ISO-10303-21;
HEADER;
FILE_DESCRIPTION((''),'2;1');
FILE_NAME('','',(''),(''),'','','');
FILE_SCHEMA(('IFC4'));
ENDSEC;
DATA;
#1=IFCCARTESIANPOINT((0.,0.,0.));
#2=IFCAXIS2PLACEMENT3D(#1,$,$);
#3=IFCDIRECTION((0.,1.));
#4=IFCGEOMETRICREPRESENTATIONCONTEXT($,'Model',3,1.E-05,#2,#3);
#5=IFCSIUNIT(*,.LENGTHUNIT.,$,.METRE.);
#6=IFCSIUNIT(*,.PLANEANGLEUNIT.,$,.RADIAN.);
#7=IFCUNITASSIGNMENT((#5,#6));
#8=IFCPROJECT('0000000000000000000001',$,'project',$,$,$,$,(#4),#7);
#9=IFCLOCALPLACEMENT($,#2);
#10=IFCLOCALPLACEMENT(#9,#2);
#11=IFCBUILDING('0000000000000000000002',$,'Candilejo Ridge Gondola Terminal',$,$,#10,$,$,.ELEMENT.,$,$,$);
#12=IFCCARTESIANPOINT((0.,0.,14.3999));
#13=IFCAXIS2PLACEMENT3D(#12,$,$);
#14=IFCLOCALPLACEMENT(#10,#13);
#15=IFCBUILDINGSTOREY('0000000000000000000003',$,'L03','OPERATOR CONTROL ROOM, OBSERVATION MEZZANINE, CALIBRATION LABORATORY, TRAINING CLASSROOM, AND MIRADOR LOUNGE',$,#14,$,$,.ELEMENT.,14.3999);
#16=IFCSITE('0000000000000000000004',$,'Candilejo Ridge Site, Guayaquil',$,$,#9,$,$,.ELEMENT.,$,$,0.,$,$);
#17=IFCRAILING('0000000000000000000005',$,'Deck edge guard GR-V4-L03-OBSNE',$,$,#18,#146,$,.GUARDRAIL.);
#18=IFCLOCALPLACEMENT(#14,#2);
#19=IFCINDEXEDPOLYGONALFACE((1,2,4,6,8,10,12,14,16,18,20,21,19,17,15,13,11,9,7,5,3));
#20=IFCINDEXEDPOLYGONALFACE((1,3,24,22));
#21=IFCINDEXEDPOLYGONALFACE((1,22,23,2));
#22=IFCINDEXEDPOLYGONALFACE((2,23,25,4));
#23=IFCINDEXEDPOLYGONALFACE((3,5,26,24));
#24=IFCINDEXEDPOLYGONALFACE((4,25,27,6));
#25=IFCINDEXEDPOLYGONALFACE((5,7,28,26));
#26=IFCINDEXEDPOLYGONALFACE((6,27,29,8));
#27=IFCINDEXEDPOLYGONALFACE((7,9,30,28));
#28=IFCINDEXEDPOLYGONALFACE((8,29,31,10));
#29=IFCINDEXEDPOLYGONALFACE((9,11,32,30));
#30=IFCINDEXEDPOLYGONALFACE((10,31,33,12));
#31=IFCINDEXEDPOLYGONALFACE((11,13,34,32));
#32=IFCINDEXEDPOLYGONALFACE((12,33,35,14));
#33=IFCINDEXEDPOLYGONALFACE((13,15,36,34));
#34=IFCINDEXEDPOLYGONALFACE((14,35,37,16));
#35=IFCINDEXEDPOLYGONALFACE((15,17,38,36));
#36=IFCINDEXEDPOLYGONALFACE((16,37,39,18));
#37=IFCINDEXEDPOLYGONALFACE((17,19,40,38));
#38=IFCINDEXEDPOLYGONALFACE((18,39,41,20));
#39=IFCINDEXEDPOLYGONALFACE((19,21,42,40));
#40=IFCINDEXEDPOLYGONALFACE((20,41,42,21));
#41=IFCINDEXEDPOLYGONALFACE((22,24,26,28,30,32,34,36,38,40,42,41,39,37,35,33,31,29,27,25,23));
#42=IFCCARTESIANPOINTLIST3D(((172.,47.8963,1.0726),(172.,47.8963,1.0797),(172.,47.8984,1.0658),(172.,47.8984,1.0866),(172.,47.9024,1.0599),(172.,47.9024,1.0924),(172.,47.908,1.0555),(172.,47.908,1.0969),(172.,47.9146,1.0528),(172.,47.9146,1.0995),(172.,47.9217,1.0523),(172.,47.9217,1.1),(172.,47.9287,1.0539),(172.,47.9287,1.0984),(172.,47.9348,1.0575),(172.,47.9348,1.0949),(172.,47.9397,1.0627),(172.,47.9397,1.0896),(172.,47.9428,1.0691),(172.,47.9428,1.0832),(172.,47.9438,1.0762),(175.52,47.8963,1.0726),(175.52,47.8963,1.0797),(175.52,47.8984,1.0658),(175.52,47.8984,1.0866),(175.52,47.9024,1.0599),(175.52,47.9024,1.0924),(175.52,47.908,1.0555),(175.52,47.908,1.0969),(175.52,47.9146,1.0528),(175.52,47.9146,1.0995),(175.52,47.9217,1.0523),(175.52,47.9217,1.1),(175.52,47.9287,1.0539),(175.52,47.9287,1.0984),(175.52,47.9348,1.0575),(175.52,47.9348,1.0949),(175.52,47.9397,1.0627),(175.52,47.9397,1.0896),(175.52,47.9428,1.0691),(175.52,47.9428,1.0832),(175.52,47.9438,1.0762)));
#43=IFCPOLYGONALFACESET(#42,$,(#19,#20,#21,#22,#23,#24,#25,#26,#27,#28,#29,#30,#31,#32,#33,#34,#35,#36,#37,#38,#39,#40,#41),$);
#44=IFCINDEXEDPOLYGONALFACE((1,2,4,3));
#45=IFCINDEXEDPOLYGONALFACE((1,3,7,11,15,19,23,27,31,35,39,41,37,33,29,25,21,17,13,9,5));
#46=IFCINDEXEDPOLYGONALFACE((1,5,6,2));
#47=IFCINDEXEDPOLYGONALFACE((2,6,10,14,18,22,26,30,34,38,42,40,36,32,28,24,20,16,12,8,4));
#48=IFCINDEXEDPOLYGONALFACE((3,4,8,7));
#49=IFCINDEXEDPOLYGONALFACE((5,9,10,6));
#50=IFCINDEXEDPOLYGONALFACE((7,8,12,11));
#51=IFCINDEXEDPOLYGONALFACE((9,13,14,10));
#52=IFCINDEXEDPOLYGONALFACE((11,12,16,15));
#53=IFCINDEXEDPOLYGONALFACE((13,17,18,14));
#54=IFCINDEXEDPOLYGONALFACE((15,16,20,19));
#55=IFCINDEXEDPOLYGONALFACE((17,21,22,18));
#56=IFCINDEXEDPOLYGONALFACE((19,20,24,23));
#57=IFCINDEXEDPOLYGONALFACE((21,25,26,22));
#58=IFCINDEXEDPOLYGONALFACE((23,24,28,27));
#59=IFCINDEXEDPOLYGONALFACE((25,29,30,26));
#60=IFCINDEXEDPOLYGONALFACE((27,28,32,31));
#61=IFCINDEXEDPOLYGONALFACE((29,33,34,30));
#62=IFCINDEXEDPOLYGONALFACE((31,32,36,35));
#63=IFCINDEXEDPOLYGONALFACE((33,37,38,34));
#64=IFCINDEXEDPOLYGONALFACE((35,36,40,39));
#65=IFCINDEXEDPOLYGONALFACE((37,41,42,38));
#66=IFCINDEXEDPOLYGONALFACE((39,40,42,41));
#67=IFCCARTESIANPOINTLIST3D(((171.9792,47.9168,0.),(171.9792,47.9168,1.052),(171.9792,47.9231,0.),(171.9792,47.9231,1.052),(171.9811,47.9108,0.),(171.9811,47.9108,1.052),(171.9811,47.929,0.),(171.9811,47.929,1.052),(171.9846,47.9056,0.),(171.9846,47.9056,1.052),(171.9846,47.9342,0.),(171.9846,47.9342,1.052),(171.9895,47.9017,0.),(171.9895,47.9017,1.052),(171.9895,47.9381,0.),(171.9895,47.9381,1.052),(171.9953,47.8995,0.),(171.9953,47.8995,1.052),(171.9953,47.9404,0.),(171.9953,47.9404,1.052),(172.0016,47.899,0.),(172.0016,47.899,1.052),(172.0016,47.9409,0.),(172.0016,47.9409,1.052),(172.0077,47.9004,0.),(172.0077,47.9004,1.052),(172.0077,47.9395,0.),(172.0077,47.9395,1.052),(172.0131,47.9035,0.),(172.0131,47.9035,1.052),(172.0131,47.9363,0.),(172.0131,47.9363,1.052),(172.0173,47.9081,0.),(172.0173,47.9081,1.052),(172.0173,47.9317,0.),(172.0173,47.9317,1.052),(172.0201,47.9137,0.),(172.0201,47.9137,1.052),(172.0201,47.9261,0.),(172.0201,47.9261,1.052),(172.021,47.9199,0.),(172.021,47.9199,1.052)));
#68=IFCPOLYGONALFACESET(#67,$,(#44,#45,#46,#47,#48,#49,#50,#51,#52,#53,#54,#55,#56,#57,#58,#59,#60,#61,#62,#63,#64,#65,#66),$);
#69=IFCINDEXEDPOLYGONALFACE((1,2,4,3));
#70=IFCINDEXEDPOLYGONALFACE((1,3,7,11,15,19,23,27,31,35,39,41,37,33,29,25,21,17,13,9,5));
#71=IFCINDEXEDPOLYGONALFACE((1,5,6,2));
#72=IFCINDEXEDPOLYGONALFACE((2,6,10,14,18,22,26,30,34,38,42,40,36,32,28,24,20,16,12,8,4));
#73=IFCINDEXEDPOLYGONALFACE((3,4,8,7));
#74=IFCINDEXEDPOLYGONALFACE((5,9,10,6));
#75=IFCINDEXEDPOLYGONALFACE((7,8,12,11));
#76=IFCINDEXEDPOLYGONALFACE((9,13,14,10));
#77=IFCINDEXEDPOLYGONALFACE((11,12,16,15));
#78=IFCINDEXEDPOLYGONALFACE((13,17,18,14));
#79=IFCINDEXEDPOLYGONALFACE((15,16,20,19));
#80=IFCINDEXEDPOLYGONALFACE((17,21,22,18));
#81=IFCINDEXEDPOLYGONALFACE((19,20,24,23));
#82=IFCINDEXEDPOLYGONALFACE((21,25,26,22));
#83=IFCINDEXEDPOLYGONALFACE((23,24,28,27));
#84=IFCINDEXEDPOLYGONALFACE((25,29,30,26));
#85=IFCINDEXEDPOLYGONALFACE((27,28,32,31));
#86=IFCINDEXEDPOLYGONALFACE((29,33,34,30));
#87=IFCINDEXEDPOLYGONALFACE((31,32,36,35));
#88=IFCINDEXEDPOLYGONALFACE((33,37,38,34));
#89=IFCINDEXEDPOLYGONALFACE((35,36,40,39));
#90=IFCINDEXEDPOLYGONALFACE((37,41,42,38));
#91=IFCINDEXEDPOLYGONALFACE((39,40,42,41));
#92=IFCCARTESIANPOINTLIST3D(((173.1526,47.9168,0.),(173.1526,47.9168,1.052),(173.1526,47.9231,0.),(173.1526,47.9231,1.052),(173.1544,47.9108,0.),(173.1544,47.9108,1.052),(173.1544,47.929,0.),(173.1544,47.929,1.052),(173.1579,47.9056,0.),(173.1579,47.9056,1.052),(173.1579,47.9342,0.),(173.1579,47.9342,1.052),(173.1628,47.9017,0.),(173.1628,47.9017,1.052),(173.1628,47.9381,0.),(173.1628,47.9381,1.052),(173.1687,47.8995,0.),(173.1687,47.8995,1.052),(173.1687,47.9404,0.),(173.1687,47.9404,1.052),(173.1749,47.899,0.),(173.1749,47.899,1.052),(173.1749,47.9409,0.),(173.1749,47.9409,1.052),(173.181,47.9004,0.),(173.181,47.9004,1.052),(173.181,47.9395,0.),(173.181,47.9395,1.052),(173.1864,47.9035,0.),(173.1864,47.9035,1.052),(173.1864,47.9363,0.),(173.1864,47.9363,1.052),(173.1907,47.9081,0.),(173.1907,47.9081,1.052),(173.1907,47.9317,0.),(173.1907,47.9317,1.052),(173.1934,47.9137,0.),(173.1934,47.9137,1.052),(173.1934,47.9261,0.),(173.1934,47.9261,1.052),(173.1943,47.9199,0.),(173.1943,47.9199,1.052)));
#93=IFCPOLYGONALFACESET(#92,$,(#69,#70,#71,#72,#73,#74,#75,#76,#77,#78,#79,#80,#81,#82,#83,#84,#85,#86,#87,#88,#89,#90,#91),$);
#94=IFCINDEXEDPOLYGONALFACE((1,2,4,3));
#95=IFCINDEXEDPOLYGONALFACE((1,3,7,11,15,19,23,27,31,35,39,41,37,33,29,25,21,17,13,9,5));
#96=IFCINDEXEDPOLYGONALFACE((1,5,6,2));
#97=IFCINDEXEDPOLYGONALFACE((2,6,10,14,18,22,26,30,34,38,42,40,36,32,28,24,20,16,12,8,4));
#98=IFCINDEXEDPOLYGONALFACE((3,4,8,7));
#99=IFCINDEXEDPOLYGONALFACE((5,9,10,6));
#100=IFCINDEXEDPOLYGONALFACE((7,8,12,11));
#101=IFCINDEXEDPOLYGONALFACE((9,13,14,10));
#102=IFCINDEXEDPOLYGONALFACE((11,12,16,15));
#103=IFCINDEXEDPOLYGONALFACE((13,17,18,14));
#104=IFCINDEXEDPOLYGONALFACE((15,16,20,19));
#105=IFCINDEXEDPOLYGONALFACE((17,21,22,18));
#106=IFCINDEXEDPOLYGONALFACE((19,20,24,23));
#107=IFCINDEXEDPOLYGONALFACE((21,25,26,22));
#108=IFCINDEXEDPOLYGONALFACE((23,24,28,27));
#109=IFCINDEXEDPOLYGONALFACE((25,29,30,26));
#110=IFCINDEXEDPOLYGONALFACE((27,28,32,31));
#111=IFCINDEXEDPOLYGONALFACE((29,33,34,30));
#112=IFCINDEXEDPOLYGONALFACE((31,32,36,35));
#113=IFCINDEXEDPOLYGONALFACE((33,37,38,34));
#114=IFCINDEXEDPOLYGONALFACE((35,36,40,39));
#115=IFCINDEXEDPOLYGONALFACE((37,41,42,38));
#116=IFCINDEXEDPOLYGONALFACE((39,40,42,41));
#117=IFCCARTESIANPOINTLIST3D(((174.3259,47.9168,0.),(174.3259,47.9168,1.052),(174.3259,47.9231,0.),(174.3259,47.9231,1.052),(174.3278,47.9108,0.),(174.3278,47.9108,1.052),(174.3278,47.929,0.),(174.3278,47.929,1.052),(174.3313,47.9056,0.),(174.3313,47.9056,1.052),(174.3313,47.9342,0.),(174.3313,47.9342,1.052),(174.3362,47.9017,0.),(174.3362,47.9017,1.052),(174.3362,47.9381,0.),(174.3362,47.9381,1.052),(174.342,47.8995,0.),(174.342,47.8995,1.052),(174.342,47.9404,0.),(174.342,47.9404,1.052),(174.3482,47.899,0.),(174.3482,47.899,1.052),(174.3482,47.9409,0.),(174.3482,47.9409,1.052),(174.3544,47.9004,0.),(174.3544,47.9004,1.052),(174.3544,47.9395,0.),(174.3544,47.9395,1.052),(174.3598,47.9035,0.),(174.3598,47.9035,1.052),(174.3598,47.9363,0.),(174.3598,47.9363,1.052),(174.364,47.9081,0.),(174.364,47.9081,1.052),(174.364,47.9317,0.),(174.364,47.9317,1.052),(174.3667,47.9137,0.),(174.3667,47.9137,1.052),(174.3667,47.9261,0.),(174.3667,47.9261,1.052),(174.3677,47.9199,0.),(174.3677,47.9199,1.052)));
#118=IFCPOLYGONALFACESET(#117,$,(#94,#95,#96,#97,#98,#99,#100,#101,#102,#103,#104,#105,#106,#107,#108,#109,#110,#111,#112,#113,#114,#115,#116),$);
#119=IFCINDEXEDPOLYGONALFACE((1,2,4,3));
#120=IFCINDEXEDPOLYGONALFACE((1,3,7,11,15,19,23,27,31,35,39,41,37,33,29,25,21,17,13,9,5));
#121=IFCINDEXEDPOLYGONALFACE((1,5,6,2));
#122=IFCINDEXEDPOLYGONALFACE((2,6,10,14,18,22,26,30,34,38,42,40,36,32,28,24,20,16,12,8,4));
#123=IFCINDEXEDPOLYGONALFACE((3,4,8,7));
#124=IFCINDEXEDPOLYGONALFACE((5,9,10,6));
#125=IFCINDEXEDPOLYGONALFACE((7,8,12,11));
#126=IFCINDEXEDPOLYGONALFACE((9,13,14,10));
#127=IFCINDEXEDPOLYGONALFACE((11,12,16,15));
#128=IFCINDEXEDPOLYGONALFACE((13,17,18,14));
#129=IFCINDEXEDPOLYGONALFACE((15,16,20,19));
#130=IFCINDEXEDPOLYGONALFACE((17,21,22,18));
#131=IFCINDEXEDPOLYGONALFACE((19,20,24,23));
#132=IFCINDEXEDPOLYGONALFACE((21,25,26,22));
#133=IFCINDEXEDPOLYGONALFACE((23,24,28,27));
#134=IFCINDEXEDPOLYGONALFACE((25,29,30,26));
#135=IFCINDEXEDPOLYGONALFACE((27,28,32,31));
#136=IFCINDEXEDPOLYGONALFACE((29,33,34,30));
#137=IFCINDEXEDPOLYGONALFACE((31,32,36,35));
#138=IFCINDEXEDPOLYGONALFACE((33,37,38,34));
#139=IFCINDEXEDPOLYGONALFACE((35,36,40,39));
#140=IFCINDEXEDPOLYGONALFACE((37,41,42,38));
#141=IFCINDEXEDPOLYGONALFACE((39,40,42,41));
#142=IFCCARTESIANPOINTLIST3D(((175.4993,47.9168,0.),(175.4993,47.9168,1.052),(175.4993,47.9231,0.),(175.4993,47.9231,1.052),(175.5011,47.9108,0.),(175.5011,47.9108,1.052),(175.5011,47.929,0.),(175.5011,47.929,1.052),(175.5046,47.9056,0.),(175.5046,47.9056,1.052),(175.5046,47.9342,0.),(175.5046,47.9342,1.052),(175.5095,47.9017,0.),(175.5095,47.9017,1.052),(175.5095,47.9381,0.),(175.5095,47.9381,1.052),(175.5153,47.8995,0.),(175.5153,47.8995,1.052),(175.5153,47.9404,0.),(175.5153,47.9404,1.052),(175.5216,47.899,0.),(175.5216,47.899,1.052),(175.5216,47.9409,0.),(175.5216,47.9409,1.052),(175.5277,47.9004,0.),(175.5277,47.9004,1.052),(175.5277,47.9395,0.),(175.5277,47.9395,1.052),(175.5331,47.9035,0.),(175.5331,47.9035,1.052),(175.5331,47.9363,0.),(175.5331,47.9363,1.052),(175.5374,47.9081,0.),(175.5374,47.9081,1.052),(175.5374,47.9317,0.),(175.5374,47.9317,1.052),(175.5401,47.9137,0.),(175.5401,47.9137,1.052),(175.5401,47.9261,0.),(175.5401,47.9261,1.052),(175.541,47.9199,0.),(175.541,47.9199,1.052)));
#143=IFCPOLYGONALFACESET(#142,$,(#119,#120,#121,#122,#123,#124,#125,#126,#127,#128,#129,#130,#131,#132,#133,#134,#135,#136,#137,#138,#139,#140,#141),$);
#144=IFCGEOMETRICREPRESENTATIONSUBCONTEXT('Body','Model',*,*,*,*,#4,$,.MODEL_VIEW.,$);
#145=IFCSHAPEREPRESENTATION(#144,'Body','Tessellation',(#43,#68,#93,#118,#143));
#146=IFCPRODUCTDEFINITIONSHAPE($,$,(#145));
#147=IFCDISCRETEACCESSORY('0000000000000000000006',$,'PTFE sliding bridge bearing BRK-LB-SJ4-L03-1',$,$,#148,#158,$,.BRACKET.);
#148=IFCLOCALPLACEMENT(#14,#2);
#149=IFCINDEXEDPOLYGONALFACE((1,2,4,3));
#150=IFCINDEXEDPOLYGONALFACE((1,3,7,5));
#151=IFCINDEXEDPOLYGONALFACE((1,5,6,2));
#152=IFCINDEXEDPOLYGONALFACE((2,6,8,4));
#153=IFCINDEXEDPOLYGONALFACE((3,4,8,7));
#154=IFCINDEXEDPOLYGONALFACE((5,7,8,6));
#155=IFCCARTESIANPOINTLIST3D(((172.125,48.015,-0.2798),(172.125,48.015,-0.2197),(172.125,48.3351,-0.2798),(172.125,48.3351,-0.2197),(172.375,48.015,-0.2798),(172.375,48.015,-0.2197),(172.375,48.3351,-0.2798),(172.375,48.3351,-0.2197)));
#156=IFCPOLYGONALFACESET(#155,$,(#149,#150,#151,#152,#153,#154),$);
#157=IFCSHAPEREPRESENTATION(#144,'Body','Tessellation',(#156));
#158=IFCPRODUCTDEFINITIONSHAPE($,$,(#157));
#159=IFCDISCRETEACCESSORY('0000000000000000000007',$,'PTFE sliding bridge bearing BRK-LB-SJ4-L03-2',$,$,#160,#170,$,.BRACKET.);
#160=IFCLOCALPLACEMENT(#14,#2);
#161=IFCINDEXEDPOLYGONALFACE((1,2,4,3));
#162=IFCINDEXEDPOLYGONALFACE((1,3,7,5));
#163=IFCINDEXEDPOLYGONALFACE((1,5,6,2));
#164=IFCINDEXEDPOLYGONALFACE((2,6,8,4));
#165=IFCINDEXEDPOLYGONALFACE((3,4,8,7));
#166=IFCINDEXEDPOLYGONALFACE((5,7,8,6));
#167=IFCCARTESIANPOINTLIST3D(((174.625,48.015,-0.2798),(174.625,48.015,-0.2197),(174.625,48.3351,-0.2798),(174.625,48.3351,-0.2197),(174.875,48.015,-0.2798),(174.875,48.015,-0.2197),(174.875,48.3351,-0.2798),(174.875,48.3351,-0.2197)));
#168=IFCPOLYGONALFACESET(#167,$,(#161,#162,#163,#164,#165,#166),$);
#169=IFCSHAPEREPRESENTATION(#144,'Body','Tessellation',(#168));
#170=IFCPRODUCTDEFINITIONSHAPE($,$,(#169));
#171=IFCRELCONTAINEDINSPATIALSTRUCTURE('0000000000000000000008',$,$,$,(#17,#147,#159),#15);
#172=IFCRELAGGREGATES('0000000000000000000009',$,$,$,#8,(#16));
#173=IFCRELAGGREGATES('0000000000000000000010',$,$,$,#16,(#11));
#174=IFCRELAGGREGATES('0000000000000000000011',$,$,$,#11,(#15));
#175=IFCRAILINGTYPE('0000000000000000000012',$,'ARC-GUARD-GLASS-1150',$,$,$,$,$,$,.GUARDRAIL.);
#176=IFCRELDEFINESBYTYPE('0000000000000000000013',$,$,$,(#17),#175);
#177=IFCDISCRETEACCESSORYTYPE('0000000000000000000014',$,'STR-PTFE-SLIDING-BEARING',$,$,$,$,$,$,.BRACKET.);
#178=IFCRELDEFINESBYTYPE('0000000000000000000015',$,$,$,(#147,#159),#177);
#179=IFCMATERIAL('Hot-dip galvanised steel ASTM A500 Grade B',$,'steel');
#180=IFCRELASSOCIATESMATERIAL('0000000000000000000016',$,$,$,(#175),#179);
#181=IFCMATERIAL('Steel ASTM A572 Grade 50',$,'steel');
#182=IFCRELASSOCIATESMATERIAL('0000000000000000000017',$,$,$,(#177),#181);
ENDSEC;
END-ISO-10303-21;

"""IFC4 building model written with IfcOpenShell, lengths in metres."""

from ifc_helpers import new_model, si_unit, direction, frame, origin, origin_2d, place, context, subcontext, project, spatial, rectangle, circle, extrude, material, type_object, element, save


model = new_model("IFC4")

# Units and contexts
model_context = context("Model", 3, precision=1e-05, world=origin(), true_north=direction((0.0, 1.0)))
body_context = subcontext(model_context, "Body", "Model", "MODEL_VIEW")
ifc_project = project(units=[si_unit("LENGTHUNIT", "METRE"), si_unit("PLANEANGLEUNIT", "RADIAN")], contexts=[model_context])

# Site, building, storey
site_placement = place(None, origin())
site = spatial("IfcSite", under=ifc_project, at=site_placement, Name="Candilejo Ridge Site, Guayaquil", CompositionType="ELEMENT", RefElevation=0.0)
building_placement = place(site_placement, origin())
building = spatial("IfcBuilding", under=site, at=building_placement, Name="Candilejo Ridge Gondola Terminal", CompositionType="ELEMENT")
storey_placement = place(building_placement, frame((0.0, 0.0, 14.3999)))
storey = spatial("IfcBuildingStorey", under=building, at=storey_placement, Name="L03", Description="OPERATOR CONTROL ROOM, OBSERVATION MEZZANINE, CALIBRATION LABORATORY, TRAINING CLASSROOM, AND MIRADOR LOUNGE", CompositionType="ELEMENT", Elevation=14.3999)

# Railing
ifc_material_1 = material(Name="Hot-dip galvanised steel ASTM A500 Grade B", Category="steel")
railing_type = type_object("IfcRailingType", Name="ARC-GUARD-GLASS-1150", PredefinedType="GUARDRAIL", material=ifc_material_1)
railing_placement = place(storey_placement, frame((172.0, 47.9199, 0.0)))
element("IfcRailing", 1, at=railing_placement, inside=storey, type_object=railing_type, Name="Deck edge guard GR-V4-L03-OBSNE", PredefinedType="GUARDRAIL", context=body_context, shape_type="SweptSolid", body=[
    extrude(circle(Radius=0.0239, at=origin_2d()), frame((0.0, 0.0, 1.0762), z_axis=(1.0, 0.0, 0.0), x_axis=(0.0, 1.0, 0.0)), (0.0, 0.0, 1.0), 3.52),
    extrude(circle(Radius=0.021, at=origin_2d()), origin(), (0.0, 0.0, 1.0), 1.052),
    extrude(circle(Radius=0.021, at=origin_2d()), frame((1.1733, 0.0, 0.0)), (0.0, 0.0, 1.0), 1.052),
    extrude(circle(Radius=0.021, at=origin_2d()), frame((2.3467, 0.0, 0.0)), (0.0, 0.0, 1.0), 1.052),
    extrude(circle(Radius=0.021, at=origin_2d()), frame((3.52, 0.0, 0.0)), (0.0, 0.0, 1.0), 1.052),
])

# Discrete accessories
ifc_material_2 = material(Name="Steel ASTM A572 Grade 50", Category="steel")
discrete_accessory_type = type_object("IfcDiscreteAccessoryType", Name="STR-PTFE-SLIDING-BEARING", PredefinedType="BRACKET", material=ifc_material_2)
for number, where, name in (
    (2, (172.25, 48.175, -0.2798), "PTFE sliding bridge bearing BRK-LB-SJ4-L03-1"),
    (3, (174.75, 48.175, -0.2798), "PTFE sliding bridge bearing BRK-LB-SJ4-L03-2"),
):
    element("IfcDiscreteAccessory", number, at=place(storey_placement, frame(where)), inside=storey, type_object=discrete_accessory_type, Name=name, PredefinedType="BRACKET", context=body_context, shape_type="SweptSolid", body=[
        extrude(rectangle(XDim=0.25, YDim=0.3201, at=origin_2d()), origin(), (0.0, 0.0, 1.0), 0.0601),
    ])

save(model, "model.ifc")
